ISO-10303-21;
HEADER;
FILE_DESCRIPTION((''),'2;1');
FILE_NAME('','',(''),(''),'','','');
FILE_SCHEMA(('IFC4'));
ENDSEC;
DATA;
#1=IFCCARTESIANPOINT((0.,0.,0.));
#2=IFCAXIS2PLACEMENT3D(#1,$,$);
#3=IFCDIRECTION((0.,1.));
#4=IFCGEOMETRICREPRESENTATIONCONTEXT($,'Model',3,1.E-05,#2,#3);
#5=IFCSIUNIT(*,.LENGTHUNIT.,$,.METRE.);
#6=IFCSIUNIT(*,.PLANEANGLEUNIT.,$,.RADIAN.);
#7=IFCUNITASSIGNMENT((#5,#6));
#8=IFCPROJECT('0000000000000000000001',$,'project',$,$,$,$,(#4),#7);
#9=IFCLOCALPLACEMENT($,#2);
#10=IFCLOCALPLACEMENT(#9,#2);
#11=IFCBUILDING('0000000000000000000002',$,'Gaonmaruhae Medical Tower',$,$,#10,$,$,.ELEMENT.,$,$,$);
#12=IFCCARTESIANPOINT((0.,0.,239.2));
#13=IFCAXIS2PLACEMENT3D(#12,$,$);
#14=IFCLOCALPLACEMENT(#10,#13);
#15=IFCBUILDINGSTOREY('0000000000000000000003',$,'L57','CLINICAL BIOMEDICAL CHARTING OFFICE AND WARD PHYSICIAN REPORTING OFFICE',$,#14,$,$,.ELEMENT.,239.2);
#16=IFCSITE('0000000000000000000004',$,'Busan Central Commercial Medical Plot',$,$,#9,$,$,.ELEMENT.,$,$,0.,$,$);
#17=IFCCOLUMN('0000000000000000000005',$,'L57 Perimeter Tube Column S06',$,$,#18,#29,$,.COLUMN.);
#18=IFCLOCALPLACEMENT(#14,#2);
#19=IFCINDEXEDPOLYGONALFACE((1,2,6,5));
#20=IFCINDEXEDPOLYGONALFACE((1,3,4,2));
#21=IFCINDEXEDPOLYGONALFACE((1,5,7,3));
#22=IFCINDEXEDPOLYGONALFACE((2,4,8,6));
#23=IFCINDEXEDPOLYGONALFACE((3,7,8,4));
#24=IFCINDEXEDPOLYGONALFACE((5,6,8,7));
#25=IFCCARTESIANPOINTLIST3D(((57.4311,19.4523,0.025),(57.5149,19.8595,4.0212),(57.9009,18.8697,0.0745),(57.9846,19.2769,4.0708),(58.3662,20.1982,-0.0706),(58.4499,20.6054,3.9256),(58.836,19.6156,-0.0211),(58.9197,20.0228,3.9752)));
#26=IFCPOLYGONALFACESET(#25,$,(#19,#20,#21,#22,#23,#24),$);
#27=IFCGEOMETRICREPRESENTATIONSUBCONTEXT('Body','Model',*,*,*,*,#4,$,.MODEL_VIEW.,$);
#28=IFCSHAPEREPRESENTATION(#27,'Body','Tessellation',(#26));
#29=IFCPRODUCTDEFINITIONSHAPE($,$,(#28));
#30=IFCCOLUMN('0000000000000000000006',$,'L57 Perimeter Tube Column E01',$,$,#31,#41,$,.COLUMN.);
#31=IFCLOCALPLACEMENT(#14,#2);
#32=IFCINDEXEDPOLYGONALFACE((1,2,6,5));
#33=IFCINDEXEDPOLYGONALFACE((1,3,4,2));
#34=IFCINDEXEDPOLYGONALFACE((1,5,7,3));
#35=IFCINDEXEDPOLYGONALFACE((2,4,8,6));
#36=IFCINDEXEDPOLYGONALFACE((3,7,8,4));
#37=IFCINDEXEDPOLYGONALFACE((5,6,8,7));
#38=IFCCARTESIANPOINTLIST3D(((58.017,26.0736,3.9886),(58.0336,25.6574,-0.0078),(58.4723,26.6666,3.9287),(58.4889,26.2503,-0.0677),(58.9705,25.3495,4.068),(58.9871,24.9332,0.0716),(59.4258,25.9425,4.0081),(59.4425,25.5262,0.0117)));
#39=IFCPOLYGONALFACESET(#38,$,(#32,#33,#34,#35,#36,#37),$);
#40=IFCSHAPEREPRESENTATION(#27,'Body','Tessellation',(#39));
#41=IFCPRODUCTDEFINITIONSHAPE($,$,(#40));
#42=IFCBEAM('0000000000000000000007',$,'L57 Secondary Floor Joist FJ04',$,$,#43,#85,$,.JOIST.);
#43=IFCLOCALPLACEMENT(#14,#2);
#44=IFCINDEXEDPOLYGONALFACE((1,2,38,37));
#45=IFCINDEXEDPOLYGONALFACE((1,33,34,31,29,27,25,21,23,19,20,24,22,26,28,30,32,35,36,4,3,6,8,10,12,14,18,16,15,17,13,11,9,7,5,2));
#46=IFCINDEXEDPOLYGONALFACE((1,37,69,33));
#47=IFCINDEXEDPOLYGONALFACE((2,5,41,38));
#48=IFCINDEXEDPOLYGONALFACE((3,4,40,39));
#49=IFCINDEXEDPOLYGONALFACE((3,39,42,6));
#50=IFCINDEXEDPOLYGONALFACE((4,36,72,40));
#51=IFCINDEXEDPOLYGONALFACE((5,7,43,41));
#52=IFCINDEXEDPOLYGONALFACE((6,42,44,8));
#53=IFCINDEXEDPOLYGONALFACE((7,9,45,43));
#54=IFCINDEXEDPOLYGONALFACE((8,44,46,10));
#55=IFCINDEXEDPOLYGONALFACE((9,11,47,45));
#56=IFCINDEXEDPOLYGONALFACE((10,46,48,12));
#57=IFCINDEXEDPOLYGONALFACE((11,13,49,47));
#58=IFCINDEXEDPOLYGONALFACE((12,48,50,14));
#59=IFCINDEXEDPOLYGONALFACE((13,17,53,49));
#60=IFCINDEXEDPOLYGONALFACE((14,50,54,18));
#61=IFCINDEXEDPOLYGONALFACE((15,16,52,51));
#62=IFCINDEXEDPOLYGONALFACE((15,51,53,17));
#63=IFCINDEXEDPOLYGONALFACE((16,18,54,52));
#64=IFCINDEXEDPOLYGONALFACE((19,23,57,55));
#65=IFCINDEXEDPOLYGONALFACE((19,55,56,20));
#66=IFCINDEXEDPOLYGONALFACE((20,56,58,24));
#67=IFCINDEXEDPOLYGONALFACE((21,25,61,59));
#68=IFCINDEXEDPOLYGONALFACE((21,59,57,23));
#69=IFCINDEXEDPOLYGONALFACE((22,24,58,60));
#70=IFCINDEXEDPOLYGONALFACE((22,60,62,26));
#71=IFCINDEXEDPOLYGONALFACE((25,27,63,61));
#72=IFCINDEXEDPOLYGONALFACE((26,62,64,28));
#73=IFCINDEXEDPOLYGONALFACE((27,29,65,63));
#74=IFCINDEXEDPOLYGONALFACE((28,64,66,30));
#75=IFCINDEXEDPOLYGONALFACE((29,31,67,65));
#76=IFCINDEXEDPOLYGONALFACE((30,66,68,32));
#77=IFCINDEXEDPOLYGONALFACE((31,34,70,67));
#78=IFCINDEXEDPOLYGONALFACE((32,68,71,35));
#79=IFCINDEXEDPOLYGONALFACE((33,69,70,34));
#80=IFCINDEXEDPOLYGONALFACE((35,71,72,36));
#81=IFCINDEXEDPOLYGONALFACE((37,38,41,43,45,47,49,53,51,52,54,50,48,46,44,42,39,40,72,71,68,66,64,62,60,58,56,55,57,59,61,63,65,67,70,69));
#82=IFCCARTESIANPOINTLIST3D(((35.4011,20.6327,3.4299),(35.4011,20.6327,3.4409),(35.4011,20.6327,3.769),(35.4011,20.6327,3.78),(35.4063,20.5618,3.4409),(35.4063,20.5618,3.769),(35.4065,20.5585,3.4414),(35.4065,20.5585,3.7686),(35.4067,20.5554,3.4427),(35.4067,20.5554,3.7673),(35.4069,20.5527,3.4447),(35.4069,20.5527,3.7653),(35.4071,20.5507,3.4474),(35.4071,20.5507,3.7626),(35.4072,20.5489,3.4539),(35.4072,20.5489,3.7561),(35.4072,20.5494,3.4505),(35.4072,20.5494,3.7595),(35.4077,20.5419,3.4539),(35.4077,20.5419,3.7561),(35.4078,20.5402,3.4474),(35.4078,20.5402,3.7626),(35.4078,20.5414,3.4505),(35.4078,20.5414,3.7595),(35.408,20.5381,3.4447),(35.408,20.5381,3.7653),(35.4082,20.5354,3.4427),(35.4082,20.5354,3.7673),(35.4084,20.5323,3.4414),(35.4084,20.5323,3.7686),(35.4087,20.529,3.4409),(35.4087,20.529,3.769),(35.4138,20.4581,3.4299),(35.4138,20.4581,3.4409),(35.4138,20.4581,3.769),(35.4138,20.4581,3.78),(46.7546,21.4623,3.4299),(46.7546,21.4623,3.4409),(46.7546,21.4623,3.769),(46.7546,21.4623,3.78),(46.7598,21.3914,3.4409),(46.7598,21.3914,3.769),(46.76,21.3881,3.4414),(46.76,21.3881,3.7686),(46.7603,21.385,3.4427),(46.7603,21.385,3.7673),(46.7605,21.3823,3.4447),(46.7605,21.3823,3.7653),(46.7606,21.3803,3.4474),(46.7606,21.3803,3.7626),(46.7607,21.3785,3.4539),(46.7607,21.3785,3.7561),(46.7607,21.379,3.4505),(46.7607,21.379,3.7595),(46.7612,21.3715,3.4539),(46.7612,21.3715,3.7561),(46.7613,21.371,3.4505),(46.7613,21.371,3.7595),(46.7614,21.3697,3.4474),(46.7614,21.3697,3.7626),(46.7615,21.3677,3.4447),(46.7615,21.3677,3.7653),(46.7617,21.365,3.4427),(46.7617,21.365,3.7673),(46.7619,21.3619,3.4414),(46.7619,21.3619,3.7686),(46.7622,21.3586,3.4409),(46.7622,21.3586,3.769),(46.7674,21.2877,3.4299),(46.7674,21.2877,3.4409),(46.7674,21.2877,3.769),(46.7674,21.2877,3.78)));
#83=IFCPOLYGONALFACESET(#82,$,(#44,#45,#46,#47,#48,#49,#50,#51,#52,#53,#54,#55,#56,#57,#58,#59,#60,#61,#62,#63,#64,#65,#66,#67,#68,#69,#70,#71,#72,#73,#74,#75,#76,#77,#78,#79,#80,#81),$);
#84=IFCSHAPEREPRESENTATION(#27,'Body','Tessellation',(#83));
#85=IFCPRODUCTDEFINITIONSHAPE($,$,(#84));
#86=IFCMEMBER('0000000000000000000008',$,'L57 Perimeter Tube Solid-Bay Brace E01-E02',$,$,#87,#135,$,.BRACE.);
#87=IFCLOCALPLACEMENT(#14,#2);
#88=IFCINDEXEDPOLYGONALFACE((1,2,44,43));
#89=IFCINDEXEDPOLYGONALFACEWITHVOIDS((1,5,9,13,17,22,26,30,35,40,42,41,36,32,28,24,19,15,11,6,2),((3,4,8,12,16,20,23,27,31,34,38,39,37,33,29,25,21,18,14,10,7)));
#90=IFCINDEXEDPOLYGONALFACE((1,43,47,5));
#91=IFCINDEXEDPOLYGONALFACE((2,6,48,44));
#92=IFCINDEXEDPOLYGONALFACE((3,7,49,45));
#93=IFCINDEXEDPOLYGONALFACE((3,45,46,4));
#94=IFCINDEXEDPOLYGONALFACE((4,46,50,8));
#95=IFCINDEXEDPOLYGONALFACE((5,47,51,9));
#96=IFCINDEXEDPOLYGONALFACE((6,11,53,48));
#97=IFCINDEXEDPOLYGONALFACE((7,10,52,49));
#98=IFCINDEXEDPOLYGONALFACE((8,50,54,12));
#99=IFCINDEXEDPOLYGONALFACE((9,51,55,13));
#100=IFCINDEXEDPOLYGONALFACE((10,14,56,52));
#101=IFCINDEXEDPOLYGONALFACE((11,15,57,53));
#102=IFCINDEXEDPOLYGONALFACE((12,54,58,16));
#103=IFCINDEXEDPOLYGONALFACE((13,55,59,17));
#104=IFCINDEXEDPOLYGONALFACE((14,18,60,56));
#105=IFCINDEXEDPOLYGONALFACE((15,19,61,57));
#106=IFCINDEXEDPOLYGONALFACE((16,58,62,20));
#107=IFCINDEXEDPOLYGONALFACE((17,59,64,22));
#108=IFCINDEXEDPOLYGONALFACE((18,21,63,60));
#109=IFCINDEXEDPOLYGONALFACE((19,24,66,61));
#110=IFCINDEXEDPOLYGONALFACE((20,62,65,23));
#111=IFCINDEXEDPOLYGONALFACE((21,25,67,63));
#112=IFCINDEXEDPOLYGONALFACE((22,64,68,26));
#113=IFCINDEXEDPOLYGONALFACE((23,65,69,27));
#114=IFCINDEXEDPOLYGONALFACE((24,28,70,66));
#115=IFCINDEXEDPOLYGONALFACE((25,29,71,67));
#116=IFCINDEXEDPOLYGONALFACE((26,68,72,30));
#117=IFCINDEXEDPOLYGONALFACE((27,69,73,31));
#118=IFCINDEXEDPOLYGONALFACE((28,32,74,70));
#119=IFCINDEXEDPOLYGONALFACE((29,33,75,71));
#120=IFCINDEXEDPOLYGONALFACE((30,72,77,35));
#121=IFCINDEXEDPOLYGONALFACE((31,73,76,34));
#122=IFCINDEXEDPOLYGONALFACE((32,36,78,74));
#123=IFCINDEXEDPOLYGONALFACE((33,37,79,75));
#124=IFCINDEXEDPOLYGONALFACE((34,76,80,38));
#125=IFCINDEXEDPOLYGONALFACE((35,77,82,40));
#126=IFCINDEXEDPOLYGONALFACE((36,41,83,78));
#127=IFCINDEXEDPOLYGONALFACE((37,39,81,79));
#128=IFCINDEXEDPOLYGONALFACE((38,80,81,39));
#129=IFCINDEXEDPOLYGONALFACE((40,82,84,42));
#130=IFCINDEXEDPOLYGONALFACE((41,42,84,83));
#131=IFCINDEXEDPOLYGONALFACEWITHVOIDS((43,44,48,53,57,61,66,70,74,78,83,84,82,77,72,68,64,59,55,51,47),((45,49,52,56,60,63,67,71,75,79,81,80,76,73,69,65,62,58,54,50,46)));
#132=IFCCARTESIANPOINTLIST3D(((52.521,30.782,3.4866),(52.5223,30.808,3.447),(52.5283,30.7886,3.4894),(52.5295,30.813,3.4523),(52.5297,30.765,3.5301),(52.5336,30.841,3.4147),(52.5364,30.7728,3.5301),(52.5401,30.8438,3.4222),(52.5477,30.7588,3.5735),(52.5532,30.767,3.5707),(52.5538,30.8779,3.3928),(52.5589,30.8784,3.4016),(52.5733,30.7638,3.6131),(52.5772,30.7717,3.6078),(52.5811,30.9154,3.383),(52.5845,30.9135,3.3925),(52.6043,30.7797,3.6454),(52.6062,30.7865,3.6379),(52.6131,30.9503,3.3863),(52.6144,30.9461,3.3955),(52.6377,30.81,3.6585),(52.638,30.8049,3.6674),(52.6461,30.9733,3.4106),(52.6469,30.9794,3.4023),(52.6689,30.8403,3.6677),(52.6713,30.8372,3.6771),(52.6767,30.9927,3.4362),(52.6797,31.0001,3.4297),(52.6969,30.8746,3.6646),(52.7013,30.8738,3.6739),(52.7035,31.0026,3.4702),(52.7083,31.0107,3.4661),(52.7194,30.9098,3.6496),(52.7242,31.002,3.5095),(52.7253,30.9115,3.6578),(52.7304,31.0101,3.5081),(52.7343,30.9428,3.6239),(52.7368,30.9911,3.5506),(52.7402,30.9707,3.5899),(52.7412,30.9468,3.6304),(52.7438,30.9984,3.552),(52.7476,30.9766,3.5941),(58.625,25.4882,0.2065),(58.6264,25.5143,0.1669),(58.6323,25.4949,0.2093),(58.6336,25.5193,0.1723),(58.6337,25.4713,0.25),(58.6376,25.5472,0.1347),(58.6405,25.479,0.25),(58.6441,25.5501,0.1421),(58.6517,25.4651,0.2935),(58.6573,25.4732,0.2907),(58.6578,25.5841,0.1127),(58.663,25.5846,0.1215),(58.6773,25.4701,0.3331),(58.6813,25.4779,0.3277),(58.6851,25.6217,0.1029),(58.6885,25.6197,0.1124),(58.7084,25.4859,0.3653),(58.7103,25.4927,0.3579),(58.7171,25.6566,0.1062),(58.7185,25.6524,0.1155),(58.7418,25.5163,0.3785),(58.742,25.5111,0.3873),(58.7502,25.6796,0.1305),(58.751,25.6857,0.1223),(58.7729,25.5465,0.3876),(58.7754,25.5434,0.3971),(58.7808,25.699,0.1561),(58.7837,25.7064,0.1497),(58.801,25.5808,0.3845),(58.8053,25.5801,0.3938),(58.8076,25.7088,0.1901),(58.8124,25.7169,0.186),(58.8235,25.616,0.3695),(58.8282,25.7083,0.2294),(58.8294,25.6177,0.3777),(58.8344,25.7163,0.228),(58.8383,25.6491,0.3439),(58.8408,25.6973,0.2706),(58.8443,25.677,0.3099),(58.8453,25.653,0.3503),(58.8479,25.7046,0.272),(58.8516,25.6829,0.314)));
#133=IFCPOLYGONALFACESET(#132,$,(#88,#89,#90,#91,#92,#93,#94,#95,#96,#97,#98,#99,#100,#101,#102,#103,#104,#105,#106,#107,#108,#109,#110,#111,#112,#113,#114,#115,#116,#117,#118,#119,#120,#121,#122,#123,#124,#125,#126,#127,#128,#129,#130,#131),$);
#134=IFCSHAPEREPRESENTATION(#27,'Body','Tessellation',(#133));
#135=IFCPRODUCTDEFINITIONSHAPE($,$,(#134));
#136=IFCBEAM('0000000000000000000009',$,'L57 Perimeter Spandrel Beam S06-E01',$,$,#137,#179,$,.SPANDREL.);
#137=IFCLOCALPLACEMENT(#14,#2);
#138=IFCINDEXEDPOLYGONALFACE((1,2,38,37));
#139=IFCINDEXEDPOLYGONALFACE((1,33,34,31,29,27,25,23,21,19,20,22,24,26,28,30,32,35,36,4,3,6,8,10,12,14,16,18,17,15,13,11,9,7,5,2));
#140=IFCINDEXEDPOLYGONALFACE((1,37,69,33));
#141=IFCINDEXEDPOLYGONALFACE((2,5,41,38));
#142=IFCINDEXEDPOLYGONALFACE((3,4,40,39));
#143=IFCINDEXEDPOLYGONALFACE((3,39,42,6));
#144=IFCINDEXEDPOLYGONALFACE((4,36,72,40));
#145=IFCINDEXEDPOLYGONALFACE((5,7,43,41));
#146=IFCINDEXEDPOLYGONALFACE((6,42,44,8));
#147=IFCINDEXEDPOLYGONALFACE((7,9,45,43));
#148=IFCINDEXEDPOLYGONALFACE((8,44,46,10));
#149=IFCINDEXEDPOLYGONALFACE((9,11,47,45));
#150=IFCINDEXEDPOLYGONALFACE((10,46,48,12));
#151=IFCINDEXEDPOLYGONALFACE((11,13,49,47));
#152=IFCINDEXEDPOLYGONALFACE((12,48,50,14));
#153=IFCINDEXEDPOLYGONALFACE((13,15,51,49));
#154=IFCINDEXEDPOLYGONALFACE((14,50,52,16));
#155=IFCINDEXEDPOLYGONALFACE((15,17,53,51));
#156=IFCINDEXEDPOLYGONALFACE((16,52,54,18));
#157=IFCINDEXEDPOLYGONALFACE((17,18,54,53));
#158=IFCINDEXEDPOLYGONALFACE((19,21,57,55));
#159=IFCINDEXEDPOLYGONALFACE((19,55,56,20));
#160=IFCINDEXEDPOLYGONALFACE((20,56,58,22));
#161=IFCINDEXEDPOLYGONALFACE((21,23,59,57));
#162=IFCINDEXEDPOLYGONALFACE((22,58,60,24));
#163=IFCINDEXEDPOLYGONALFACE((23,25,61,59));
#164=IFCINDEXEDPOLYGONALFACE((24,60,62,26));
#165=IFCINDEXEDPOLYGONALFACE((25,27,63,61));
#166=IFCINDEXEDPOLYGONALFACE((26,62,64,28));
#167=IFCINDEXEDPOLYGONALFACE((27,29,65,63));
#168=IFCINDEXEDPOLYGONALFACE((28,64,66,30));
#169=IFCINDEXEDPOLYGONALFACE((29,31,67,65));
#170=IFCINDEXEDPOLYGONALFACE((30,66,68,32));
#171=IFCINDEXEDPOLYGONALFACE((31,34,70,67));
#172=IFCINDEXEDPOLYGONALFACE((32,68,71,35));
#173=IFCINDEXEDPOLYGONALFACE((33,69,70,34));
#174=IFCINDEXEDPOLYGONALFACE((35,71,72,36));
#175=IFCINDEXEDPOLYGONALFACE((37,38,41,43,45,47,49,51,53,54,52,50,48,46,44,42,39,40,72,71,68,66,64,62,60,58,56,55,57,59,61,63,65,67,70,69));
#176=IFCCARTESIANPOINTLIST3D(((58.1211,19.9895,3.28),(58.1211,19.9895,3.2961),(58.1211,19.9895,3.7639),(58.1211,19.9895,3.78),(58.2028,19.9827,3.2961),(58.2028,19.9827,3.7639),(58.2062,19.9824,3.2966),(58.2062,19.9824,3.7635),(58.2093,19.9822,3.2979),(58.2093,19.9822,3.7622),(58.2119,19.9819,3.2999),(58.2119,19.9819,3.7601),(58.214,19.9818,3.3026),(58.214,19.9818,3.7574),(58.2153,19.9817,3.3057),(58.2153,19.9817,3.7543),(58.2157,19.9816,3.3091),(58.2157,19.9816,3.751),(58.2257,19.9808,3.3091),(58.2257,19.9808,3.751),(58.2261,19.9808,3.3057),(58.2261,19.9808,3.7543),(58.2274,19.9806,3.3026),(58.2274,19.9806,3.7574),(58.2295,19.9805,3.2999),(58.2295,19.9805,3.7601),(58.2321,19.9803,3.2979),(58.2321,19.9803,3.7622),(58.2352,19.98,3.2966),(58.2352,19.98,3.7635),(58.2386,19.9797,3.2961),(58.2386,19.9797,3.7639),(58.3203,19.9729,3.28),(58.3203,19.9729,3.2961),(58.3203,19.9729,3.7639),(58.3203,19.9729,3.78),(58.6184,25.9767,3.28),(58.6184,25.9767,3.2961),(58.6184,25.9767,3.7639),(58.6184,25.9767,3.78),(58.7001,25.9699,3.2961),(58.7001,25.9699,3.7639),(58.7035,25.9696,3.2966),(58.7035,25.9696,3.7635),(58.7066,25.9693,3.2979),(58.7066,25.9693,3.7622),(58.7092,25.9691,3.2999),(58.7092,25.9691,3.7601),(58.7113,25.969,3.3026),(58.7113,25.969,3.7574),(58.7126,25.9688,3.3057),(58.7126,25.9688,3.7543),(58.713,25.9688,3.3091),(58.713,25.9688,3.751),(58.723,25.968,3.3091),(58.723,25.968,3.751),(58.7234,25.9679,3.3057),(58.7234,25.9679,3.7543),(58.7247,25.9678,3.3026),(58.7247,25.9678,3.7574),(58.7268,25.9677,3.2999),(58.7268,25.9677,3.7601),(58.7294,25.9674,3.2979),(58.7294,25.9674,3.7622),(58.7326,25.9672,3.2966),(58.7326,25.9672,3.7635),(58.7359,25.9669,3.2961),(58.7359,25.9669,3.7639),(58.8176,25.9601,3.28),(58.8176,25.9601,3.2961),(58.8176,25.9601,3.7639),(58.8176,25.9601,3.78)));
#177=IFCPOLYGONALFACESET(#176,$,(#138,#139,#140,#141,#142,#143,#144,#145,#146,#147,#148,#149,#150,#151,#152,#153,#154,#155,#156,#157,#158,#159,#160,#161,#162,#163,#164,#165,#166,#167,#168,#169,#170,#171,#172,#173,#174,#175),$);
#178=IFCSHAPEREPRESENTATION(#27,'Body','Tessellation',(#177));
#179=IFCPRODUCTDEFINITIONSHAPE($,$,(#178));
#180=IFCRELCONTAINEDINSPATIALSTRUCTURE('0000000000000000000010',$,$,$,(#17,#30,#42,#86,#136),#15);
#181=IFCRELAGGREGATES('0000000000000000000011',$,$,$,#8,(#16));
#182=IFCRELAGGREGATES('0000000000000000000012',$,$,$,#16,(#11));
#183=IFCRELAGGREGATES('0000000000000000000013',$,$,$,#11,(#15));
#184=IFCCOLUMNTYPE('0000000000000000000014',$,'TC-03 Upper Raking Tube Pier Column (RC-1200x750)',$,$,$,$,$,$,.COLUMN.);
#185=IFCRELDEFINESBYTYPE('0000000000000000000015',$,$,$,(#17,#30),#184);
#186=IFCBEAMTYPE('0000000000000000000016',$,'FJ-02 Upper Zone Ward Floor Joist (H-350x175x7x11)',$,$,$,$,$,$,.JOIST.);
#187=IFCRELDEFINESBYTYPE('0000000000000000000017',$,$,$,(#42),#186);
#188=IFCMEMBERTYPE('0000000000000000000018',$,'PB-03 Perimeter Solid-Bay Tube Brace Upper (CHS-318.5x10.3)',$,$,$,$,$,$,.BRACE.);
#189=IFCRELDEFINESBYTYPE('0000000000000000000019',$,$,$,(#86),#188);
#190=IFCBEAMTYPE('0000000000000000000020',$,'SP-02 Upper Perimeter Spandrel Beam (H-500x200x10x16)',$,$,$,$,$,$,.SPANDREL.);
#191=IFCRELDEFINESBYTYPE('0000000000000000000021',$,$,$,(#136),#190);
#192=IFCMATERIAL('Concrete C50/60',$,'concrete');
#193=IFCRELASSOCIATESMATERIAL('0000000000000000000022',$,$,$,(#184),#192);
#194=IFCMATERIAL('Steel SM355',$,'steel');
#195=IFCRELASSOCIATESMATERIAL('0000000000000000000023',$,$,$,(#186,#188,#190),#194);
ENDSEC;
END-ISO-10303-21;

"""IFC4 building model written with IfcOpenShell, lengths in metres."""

from ifc_helpers import new_model, si_unit, direction, frame, origin, origin_2d, place, context, subcontext, project, spatial, rectangle, hollow_circle, i_section, extrude, material, material_profile, profile_set, type_object, element, save


model = new_model("IFC4")

# Units and contexts
model_context = context("Model", 3, precision=1e-05, world=origin(), true_north=direction((0.0, 1.0)))
body_context = subcontext(model_context, "Body", "Model", "MODEL_VIEW")
ifc_project = project(units=[si_unit("LENGTHUNIT", "METRE"), si_unit("PLANEANGLEUNIT", "RADIAN")], contexts=[model_context])

# Site, building, storey
site_placement = place(None, origin())
site = spatial("IfcSite", under=ifc_project, at=site_placement, Name="Busan Central Commercial Medical Plot", CompositionType="ELEMENT", RefElevation=0.0)
building_placement = place(site_placement, origin())
building = spatial("IfcBuilding", under=site, at=building_placement, Name="Gaonmaruhae Medical Tower", CompositionType="ELEMENT")
storey_placement = place(building_placement, frame((0.0, 0.0, 239.2)))
storey = spatial("IfcBuildingStorey", under=building, at=storey_placement, Name="L57", Description="CLINICAL BIOMEDICAL CHARTING OFFICE AND WARD PHYSICIAN REPORTING OFFICE", CompositionType="ELEMENT", Elevation=239.2)

# Columns
ifc_material_1 = material(Name="Concrete C50/60", Category="concrete")
ifc_material_profile_1 = material_profile(ifc_material_1, rectangle(XDim=1.2, YDim=0.75, at=origin_2d()), Name="RC-1200x750")
ifc_profile_set_1 = profile_set([ifc_material_profile_1], Name="Concrete C50/60")
column_type = type_object("IfcColumnType", Name="TC-03 Upper Raking Tube Pier Column (RC-1200x750)", PredefinedType="COLUMN", material=ifc_profile_set_1)
column_1_placement = place(storey_placement, frame((58.1335, 19.5339, 0.002), z_axis=(0.020842, 0.101353, 0.994632), x_axis=(-0.779271, -0.621602, 0.07967)))
element("IfcColumn", 1, at=column_1_placement, inside=storey, type_object=column_type, Name="L57 Perimeter Tube Column S06", PredefinedType="COLUMN", context=body_context, shape_type="SweptSolid", body=[
    extrude(rectangle(XDim=1.2, YDim=0.75, at=origin_2d()), origin(), (0.0, 0.0, 1.0), 4.0178),
])
column_2_placement = place(storey_placement, frame((58.738, 25.5918, 0.002), z_axis=(-0.004132, 0.103599, 0.994611), x_axis=(0.794637, -0.603469, 0.066159)))
element("IfcColumn", 2, at=column_2_placement, inside=storey, type_object=column_type, Name="L57 Perimeter Tube Column E01", PredefinedType="COLUMN", context=body_context, shape_type="SweptSolid", body=[
    extrude(rectangle(XDim=1.2, YDim=0.75, at=origin_2d()), origin(), (0.0, 0.0, 1.0), 4.0181),
])

# Beam
ifc_material_2 = material(Name="Steel SM355", Category="steel")
ifc_material_profile_2 = material_profile(ifc_material_2, i_section(OverallWidth=0.175, OverallDepth=0.3501, WebThickness=0.0071, FlangeThickness=0.011, FilletRadius=0.0129, at=origin_2d()), Name="H-350x175x7x11")
ifc_profile_set_2 = profile_set([ifc_material_profile_2], Name="Steel SM355")
beam_type_1 = type_object("IfcBeamType", Name="FJ-02 Upper Zone Ward Floor Joist (H-350x175x7x11)", PredefinedType="JOIST", material=ifc_profile_set_2)
beam_1_placement = place(storey_placement, frame((46.761, 21.375, 3.605), z_axis=(-0.997341, -0.072875, 0.0), x_axis=(0.072875, -0.997341, 0.0)))
element("IfcBeam", 3, at=beam_1_placement, inside=storey, type_object=beam_type_1, Name="L57 Secondary Floor Joist FJ04", PredefinedType="JOIST", context=body_context, shape_type="SweptSolid", body=[
    extrude(i_section(OverallWidth=0.175, OverallDepth=0.3501, WebThickness=0.0071, FlangeThickness=0.011, FilletRadius=0.0129, at=origin_2d()), origin(), (0.0, 0.0, 1.0), 11.3838),
])

# Member
ifc_material_profile_3 = material_profile(ifc_material_2, hollow_circle(Radius=0.1592, WallThickness=0.0103, at=origin_2d()), Name="CHS-318.5x10.3")
ifc_profile_set_3 = profile_set([ifc_material_profile_3], Name="Steel SM355")
member_type = type_object("IfcMemberType", Name="PB-03 Perimeter Solid-Bay Tube Brace Upper (CHS-318.5x10.3)", PredefinedType="BRACE", material=ifc_profile_set_3)
member_placement = place(storey_placement, frame((58.738, 25.5916, 0.25), z_axis=(-0.69999, 0.607067, 0.376144), x_axis=(-0.655182, -0.755471, 0.0)))
element("IfcMember", 4, at=member_placement, inside=storey, type_object=member_type, Name="L57 Perimeter Tube Solid-Bay Brace E01-E02", PredefinedType="BRACE", context=body_context, shape_type="SweptSolid", body=[
    extrude(hollow_circle(Radius=0.1592, WallThickness=0.0103, at=origin_2d()), origin(), (0.0, 0.0, 1.0), 8.7202),
])

# Beam
ifc_material_profile_4 = material_profile(ifc_material_2, i_section(OverallWidth=0.2, OverallDepth=0.5, WebThickness=0.01, FlangeThickness=0.0161, FilletRadius=0.0129, at=origin_2d()), Name="H-500x200x10x16")
ifc_profile_set_4 = profile_set([ifc_material_profile_4], Name="Steel SM355")
beam_type_2 = type_object("IfcBeamType", Name="SP-02 Upper Perimeter Spandrel Beam (H-500x200x10x16)", PredefinedType="SPANDREL", material=ifc_profile_set_4)
beam_2_placement = place(storey_placement, frame((58.2207, 19.9812, 3.53), z_axis=(0.082776, 0.996568, 0.0), x_axis=(-0.996568, 0.082776, 0.0)))
element("IfcBeam", 5, at=beam_2_placement, inside=storey, type_object=beam_type_2, Name="L57 Perimeter Spandrel Beam S06-E01", PredefinedType="SPANDREL", context=body_context, shape_type="SweptSolid", body=[
    extrude(i_section(OverallWidth=0.2, OverallDepth=0.5, WebThickness=0.01, FlangeThickness=0.0161, FilletRadius=0.0129, at=origin_2d()), origin(), (0.0, 0.0, 1.0), 6.0078),
])

save(model, "model.ifc")
